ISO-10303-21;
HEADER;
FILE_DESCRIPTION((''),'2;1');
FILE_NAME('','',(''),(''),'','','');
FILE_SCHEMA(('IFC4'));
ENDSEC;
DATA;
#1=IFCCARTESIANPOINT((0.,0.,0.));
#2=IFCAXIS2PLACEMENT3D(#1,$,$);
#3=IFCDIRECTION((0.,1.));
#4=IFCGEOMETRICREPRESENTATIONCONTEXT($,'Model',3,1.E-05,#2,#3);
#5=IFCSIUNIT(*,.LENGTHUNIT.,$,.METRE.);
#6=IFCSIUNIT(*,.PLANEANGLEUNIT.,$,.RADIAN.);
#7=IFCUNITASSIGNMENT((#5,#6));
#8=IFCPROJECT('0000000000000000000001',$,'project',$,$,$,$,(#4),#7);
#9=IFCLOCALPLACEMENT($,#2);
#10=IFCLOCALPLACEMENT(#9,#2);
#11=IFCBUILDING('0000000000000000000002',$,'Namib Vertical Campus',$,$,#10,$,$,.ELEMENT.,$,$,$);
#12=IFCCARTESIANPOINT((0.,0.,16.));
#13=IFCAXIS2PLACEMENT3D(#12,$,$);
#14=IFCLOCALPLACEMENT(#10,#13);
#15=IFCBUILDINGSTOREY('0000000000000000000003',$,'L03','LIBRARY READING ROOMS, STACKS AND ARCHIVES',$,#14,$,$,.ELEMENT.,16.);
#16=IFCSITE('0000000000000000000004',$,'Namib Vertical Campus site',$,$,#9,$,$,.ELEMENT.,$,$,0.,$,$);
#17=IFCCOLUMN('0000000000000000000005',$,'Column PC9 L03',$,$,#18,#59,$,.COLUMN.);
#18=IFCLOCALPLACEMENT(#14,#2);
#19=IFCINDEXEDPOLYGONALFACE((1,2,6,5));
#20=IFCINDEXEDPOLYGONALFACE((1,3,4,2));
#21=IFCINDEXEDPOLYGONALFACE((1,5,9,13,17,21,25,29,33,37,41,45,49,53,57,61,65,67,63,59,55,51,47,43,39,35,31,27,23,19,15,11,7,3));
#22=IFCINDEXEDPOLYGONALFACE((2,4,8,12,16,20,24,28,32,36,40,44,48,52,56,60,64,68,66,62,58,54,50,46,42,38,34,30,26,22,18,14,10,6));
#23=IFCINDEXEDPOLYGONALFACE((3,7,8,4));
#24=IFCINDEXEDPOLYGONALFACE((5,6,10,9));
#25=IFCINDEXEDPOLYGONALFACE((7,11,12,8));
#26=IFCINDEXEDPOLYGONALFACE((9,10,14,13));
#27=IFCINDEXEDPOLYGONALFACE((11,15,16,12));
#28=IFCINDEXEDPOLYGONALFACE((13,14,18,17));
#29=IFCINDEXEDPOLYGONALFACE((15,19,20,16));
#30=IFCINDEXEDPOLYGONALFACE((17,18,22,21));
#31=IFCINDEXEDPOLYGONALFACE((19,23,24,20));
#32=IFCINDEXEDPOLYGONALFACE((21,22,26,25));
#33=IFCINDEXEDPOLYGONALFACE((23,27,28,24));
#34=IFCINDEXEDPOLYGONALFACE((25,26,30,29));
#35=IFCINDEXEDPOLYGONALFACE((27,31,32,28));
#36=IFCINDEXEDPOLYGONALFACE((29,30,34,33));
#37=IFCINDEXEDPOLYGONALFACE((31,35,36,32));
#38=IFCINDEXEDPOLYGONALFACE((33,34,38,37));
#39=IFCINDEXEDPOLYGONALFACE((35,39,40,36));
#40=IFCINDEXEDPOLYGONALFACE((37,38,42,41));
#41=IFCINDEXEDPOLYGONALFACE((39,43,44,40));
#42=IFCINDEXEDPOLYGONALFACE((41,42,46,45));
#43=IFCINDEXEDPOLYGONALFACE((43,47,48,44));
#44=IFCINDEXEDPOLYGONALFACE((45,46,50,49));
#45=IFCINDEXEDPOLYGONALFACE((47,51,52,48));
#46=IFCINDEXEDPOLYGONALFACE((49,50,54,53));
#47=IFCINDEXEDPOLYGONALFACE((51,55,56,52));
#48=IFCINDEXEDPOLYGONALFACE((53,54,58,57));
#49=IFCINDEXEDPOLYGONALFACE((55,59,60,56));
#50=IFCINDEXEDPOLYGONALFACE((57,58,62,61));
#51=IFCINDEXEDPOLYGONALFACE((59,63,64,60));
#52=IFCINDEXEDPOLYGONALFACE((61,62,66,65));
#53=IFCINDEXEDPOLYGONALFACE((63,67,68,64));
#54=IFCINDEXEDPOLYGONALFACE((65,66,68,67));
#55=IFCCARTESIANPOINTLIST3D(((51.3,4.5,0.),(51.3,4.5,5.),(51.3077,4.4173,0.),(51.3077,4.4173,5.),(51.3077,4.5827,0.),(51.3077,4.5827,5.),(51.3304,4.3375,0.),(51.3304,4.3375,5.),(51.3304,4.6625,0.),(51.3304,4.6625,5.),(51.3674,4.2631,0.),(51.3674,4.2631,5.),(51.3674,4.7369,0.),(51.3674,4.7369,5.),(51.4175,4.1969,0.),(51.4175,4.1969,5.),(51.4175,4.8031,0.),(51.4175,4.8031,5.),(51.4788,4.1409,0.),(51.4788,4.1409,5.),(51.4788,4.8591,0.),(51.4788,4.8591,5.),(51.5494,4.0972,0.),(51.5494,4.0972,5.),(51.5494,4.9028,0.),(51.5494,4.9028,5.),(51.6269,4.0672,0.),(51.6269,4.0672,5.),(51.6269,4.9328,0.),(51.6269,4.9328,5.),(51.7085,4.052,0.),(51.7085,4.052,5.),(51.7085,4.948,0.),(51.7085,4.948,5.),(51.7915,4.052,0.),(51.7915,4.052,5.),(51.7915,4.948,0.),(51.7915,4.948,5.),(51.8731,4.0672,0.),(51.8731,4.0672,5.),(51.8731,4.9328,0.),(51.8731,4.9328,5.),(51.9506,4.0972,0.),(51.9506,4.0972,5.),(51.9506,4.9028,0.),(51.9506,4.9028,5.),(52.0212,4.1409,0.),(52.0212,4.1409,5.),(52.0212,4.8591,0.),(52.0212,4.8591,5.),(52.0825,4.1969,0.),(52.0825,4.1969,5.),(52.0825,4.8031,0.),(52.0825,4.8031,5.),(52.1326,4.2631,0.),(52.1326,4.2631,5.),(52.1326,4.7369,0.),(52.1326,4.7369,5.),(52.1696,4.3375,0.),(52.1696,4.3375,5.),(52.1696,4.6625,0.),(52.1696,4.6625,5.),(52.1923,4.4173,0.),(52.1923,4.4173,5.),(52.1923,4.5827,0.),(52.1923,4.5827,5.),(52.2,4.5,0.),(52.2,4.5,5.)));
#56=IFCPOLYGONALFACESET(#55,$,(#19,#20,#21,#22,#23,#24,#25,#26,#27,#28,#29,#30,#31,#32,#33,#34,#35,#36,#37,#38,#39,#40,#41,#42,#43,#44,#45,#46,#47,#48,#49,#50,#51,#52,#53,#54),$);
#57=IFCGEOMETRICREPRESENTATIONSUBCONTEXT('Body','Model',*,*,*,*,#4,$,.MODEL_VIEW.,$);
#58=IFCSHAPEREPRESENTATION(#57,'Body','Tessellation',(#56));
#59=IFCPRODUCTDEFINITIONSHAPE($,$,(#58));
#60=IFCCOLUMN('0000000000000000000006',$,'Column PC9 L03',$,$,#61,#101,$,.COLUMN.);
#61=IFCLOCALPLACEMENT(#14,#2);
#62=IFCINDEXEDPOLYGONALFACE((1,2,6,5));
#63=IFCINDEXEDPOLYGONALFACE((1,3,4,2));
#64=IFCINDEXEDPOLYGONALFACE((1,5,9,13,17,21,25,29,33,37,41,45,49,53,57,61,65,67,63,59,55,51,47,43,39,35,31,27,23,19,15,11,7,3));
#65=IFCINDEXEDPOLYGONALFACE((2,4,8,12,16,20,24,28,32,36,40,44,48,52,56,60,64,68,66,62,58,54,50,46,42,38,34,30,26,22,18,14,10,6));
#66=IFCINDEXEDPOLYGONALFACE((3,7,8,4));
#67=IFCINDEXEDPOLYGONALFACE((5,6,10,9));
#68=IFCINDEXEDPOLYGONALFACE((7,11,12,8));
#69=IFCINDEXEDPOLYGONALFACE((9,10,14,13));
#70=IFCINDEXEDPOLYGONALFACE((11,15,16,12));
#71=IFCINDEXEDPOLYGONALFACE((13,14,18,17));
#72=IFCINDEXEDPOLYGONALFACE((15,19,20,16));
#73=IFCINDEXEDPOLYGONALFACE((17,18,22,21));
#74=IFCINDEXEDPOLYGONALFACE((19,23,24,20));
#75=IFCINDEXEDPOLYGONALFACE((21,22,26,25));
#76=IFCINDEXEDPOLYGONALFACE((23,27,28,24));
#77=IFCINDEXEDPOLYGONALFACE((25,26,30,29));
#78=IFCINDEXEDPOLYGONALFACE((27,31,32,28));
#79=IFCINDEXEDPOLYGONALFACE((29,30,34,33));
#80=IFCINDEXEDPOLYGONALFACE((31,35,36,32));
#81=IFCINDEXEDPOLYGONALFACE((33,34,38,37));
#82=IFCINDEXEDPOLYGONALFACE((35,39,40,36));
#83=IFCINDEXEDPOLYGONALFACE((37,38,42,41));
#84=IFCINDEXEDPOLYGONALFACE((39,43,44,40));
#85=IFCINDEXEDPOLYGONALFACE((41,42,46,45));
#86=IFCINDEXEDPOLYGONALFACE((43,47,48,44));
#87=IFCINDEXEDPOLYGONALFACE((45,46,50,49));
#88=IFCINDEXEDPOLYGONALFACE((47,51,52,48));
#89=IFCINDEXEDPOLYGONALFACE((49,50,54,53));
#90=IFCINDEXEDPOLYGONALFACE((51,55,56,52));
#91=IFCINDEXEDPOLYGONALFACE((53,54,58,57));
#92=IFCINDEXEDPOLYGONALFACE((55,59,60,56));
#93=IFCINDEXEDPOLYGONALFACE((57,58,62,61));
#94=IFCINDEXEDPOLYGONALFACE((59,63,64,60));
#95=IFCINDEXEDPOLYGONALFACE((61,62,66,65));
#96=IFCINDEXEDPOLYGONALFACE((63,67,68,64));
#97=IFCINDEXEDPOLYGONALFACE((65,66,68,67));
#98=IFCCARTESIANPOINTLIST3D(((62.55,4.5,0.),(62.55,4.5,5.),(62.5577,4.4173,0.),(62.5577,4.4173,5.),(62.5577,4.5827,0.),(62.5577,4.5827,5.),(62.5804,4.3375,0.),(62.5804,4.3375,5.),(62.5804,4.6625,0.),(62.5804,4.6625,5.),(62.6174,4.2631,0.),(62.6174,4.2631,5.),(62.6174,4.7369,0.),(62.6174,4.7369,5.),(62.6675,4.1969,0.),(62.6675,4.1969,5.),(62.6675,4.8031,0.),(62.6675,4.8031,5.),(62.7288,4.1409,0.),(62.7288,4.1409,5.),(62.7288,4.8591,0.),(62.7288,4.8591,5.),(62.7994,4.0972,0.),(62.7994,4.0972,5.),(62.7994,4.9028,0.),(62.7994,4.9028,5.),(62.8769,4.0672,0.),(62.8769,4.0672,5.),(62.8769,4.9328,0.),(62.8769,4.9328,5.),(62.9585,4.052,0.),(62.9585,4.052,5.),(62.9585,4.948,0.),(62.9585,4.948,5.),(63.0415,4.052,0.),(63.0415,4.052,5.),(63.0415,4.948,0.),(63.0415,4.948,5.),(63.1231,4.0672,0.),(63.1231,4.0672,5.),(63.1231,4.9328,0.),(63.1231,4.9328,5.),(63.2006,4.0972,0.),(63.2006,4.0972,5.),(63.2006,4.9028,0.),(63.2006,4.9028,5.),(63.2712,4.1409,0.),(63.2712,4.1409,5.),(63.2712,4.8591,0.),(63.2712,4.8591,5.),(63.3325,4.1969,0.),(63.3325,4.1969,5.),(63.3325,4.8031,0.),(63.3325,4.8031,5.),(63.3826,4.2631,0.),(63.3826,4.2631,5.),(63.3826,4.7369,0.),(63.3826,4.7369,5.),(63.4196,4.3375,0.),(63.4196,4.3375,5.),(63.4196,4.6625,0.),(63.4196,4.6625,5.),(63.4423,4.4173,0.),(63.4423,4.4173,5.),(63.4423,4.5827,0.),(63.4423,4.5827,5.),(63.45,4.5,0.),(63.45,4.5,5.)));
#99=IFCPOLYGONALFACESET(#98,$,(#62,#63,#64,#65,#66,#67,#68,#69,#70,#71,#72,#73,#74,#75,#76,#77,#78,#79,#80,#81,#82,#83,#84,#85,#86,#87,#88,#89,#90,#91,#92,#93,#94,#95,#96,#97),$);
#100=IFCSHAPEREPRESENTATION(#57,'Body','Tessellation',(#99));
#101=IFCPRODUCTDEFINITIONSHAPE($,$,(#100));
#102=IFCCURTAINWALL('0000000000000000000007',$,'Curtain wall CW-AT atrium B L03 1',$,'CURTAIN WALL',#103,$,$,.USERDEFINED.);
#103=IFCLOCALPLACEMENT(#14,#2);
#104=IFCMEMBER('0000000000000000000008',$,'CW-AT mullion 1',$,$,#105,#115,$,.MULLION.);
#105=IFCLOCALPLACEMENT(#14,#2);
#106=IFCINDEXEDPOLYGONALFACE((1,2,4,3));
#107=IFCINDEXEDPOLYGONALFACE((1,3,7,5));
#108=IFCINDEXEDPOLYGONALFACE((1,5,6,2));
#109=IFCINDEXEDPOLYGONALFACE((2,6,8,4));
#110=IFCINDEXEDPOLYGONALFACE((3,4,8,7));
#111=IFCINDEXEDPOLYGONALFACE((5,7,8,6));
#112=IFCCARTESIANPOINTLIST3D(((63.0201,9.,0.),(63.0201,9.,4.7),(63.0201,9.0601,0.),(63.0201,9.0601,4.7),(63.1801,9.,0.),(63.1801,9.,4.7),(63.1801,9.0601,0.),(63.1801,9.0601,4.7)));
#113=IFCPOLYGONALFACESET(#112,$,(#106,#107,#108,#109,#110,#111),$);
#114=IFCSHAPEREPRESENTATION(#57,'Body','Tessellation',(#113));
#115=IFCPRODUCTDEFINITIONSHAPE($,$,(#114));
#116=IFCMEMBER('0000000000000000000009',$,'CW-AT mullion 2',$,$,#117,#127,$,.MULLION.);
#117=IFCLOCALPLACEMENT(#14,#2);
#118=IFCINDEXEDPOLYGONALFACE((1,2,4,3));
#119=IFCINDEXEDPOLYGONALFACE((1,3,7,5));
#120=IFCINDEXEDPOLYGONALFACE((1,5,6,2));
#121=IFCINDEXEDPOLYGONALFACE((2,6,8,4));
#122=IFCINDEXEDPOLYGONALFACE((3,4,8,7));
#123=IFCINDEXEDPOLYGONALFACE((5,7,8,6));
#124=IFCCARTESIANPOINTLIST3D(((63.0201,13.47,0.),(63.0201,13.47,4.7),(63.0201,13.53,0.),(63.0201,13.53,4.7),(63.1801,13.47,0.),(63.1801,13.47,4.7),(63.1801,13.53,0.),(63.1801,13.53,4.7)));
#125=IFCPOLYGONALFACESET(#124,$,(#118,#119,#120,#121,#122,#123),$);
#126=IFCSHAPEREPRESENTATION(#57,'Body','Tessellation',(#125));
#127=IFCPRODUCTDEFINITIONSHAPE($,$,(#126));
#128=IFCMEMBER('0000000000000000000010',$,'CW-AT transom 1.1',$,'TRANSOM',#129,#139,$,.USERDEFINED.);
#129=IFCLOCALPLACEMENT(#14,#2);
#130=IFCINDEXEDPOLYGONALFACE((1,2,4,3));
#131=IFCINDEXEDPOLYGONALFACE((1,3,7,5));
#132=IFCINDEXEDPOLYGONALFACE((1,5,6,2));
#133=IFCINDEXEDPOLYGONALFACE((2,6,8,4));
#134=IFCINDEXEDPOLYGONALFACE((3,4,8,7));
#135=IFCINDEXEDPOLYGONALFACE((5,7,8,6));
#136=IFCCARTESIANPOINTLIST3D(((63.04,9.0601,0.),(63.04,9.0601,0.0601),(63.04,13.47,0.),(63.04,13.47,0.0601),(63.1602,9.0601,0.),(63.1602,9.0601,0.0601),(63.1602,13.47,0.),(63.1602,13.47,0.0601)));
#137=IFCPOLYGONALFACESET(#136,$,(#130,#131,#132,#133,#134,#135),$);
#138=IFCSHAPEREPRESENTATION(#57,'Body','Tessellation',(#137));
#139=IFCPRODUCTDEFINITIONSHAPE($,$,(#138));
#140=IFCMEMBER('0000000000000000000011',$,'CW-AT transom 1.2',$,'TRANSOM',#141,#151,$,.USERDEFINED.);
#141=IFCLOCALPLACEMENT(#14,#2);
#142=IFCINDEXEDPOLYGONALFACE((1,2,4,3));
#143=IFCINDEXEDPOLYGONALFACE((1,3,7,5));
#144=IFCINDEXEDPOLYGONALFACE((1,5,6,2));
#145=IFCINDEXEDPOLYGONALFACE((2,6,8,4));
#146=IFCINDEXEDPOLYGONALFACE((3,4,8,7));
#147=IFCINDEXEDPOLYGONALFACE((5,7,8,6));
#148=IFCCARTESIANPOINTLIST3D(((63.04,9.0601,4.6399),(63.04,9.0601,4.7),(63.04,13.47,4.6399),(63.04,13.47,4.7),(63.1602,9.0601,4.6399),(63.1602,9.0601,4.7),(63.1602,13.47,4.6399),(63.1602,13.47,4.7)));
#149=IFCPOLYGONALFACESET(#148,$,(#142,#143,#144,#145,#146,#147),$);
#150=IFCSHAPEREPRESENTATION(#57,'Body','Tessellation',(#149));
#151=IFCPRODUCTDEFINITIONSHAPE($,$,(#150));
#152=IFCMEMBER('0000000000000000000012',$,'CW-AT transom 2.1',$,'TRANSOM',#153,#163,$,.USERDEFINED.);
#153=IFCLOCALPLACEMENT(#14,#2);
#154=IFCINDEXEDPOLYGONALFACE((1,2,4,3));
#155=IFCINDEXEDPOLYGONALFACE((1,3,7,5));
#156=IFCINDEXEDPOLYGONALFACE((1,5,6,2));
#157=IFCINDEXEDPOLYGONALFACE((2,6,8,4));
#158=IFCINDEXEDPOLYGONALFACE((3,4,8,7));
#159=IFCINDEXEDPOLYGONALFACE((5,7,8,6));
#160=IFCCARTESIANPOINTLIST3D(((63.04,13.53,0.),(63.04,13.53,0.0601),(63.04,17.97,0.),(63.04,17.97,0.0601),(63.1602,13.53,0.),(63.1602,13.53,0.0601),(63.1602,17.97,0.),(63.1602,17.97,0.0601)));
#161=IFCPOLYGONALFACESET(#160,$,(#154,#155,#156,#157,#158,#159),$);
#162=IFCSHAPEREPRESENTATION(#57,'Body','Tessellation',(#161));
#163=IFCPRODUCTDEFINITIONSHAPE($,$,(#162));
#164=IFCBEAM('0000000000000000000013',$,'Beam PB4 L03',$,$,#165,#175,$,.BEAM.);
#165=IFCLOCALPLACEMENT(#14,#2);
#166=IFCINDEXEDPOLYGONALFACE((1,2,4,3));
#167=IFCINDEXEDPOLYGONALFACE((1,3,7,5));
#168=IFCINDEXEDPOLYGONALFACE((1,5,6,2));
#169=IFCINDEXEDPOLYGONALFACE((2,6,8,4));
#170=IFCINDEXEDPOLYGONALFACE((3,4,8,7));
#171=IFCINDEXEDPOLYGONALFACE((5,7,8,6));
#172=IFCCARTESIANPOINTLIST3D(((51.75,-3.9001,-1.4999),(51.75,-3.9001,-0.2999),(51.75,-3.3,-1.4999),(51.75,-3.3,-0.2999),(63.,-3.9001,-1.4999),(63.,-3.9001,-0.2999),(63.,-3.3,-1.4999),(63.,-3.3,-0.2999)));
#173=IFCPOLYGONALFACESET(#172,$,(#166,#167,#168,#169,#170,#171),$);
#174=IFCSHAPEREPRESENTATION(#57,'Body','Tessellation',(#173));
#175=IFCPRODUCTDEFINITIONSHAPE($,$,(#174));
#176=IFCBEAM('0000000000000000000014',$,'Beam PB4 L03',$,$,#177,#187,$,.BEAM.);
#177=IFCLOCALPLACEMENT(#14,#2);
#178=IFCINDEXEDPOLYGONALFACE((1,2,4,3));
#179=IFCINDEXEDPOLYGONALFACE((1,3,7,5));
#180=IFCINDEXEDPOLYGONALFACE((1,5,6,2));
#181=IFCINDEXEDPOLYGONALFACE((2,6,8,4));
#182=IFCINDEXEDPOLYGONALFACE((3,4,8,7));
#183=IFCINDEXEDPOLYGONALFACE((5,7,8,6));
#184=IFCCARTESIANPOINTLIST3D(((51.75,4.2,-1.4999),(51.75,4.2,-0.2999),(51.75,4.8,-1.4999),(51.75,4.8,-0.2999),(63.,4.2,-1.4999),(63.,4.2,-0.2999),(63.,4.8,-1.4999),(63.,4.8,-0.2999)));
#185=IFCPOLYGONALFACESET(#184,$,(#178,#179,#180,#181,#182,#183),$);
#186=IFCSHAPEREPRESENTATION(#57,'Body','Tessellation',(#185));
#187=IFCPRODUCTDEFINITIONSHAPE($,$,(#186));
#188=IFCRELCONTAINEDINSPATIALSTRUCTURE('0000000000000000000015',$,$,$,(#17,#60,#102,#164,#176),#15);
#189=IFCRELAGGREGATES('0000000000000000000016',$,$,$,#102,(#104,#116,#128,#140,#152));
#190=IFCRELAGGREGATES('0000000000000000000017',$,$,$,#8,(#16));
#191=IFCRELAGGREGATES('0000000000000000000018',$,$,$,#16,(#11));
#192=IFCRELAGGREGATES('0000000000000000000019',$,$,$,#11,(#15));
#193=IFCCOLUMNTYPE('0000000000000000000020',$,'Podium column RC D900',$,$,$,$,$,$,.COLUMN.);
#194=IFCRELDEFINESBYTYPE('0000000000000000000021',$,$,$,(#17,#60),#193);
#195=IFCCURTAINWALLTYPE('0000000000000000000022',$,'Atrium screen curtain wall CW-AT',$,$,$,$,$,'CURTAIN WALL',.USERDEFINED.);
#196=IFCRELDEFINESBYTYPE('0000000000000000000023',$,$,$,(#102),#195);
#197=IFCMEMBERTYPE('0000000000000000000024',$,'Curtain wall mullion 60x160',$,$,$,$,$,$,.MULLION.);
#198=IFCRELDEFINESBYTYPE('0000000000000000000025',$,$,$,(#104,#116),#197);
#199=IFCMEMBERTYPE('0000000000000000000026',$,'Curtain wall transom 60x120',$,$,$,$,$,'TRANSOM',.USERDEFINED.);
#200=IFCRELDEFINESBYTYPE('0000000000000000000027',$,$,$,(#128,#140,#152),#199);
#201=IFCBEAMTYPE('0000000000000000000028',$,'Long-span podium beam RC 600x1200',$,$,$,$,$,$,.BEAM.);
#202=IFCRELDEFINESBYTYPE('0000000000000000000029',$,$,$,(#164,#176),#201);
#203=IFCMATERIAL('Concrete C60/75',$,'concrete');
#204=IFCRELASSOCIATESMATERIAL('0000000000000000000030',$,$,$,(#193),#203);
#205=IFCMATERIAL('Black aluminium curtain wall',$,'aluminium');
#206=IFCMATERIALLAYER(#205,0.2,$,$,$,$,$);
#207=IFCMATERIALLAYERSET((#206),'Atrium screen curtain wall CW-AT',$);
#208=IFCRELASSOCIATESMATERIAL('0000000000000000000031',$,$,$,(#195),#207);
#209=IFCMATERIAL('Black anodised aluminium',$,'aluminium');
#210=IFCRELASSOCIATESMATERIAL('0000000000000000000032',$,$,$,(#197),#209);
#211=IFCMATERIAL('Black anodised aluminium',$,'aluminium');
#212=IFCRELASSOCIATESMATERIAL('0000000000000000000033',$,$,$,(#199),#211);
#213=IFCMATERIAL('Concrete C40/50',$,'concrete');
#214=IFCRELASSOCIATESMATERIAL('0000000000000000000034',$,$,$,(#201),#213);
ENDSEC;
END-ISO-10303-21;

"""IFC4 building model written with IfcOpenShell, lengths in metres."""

from ifc_helpers import new_model, si_unit, direction, frame, origin, origin_2d, place, context, subcontext, project, spatial, rectangle, circle, extrude, material, layer, layer_set, material_profile, profile_set, type_object, element, aggregate, save


model = new_model("IFC4")

# Units and contexts
model_context = context("Model", 3, precision=1e-05, world=origin(), true_north=direction((0.0, 1.0)))
body_context = subcontext(model_context, "Body", "Model", "MODEL_VIEW")
ifc_project = project(units=[si_unit("LENGTHUNIT", "METRE"), si_unit("PLANEANGLEUNIT", "RADIAN")], contexts=[model_context])

# Site, building, storey
site_placement = place(None, origin())
site = spatial("IfcSite", under=ifc_project, at=site_placement, Name="Namib Vertical Campus site", CompositionType="ELEMENT", RefElevation=0.0)
building_placement = place(site_placement, origin())
building = spatial("IfcBuilding", under=site, at=building_placement, Name="Namib Vertical Campus", CompositionType="ELEMENT")
storey_placement = place(building_placement, frame((0.0, 0.0, 16.0)))
storey = spatial("IfcBuildingStorey", under=building, at=storey_placement, Name="L03", Description="LIBRARY READING ROOMS, STACKS AND ARCHIVES", CompositionType="ELEMENT", Elevation=16.0)

# Columns
ifc_material_1 = material(Name="Concrete C60/75", Category="concrete")
ifc_material_profile_1 = material_profile(ifc_material_1, circle(Radius=0.45, at=origin_2d()))
ifc_profile_set_1 = profile_set([ifc_material_profile_1], Name="Concrete C60/75")
column_type_1 = type_object("IfcColumnType", Name="Podium column RC D900", PredefinedType="COLUMN", material=ifc_profile_set_1)
for number, where, z_axis, x_axis, name in (
    (1, (51.75, 4.5, 0.0), (0.0, 0.0, 1.0), (1.0, 0.0, 0.0), "Column PC9 L03"),
    (2, (63.0, 4.5, 0.0), (0.0, 0.0, 1.0), (1.0, 0.0, 0.0), "Column PC9 L03"),
):
    element("IfcColumn", number, at=place(storey_placement, frame(where, z_axis=z_axis, x_axis=x_axis)), inside=storey, type_object=column_type_1, Name=name, PredefinedType="COLUMN", context=body_context, shape_type="SweptSolid", body=[
        extrude(circle(Radius=0.45, at=origin_2d()), origin(), (0.0, 0.0, 1.0), 5.0),
    ])

# Curtain wall, members
ifc_material_2 = material(Name="Black aluminium curtain wall", Category="aluminium")
ifc_layer_1 = layer(ifc_material_2, 0.2)
ifc_layer_set_1 = layer_set([ifc_layer_1], Name="Atrium screen curtain wall CW-AT")
curtain_wall_type = type_object("IfcCurtainWallType", Name="Atrium screen curtain wall CW-AT", ElementType="CURTAIN WALL", PredefinedType="USERDEFINED", material=ifc_layer_set_1)
curtain_wall_placement = place(storey_placement, origin())
curtain_wall = element("IfcCurtainWall", 3, at=curtain_wall_placement, inside=storey, type_object=curtain_wall_type, Name="Curtain wall CW-AT atrium B L03 1", ObjectType="CURTAIN WALL", PredefinedType="USERDEFINED")
ifc_material_3 = material(Name="Black anodised aluminium", Category="aluminium")
ifc_material_profile_2 = material_profile(ifc_material_3, rectangle(XDim=0.0601, YDim=0.1599, at=origin_2d()))
ifc_profile_set_2 = profile_set([ifc_material_profile_2], Name="Black anodised aluminium")
member_type_1 = type_object("IfcMemberType", Name="Curtain wall mullion 60x160", PredefinedType="MULLION", material=ifc_profile_set_2)
member_1_placement = place(storey_placement, frame((63.1001, 9.03, 0.0), z_axis=(0.0, 0.0, 1.0), x_axis=(0.0, 1.0, 0.0)))
member_1 = element("IfcMember", 4, at=member_1_placement, type_object=member_type_1, Name="CW-AT mullion 1", PredefinedType="MULLION", context=body_context, shape_type="SweptSolid", body=[
    extrude(rectangle(XDim=0.0601, YDim=0.1599, at=origin_2d()), origin(), (0.0, 0.0, 1.0), 4.7),
])
member_2_placement = place(storey_placement, frame((63.1001, 13.5, 0.0), z_axis=(0.0, 0.0, 1.0), x_axis=(0.0, 1.0, 0.0)))
member_2 = element("IfcMember", 5, at=member_2_placement, type_object=member_type_1, Name="CW-AT mullion 2", PredefinedType="MULLION", context=body_context, shape_type="SweptSolid", body=[
    extrude(rectangle(XDim=0.0601, YDim=0.1599, at=origin_2d()), origin(), (0.0, 0.0, 1.0), 4.7),
])
ifc_material_4 = material(Name="Black anodised aluminium", Category="aluminium")
ifc_material_profile_3 = material_profile(ifc_material_4, rectangle(XDim=0.0601, YDim=0.1201, at=origin_2d()))
ifc_profile_set_3 = profile_set([ifc_material_profile_3], Name="Black anodised aluminium")
member_type_2 = type_object("IfcMemberType", Name="Curtain wall transom 60x120", ElementType="TRANSOM", PredefinedType="USERDEFINED", material=ifc_profile_set_3)
member_3_placement = place(storey_placement, frame((63.1001, 9.0601, 0.03), z_axis=(0.0, 1.0, 0.0), x_axis=(0.0, 0.0, 1.0)))
member_3 = element("IfcMember", 6, at=member_3_placement, type_object=member_type_2, Name="CW-AT transom 1.1", ObjectType="TRANSOM", PredefinedType="USERDEFINED", context=body_context, shape_type="SweptSolid", body=[
    extrude(rectangle(XDim=0.0601, YDim=0.1201, at=origin_2d()), origin(), (0.0, 0.0, 1.0), 4.4099),
])
member_4_placement = place(storey_placement, frame((63.1001, 9.0601, 4.6699), z_axis=(0.0, 1.0, 0.0), x_axis=(0.0, 0.0, 1.0)))
member_4 = element("IfcMember", 7, at=member_4_placement, type_object=member_type_2, Name="CW-AT transom 1.2", ObjectType="TRANSOM", PredefinedType="USERDEFINED", context=body_context, shape_type="SweptSolid", body=[
    extrude(rectangle(XDim=0.0601, YDim=0.1201, at=origin_2d()), origin(), (0.0, 0.0, 1.0), 4.4099),
])
member_5_placement = place(storey_placement, frame((63.1001, 13.53, 0.03), z_axis=(0.0, 1.0, 0.0), x_axis=(0.0, 0.0, 1.0)))
member_5 = element("IfcMember", 8, at=member_5_placement, type_object=member_type_2, Name="CW-AT transom 2.1", ObjectType="TRANSOM", PredefinedType="USERDEFINED", context=body_context, shape_type="SweptSolid", body=[
    extrude(rectangle(XDim=0.0601, YDim=0.1201, at=origin_2d()), origin(), (0.0, 0.0, 1.0), 4.4399),
])

# Beams
ifc_material_5 = material(Name="Concrete C40/50", Category="concrete")
ifc_material_profile_4 = material_profile(ifc_material_5, rectangle(XDim=0.6001, YDim=1.2, at=origin_2d()))
ifc_profile_set_4 = profile_set([ifc_material_profile_4], Name="Concrete C40/50")
beam_type_1 = type_object("IfcBeamType", Name="Long-span podium beam RC 600x1200", PredefinedType="BEAM", material=ifc_profile_set_4)
for number, where, z_axis, x_axis, name in (
    (9, (51.75, -3.6001, -0.8999), (1.0, 0.0, 0.0), (0.0, 1.0, 0.0), "Beam PB4 L03"),
    (10, (51.75, 4.5, -0.8999), (1.0, 0.0, 0.0), (0.0, 1.0, 0.0), "Beam PB4 L03"),
):
    element("IfcBeam", number, at=place(storey_placement, frame(where, z_axis=z_axis, x_axis=x_axis)), inside=storey, type_object=beam_type_1, Name=name, PredefinedType="BEAM", context=body_context, shape_type="SweptSolid", body=[
        extrude(rectangle(XDim=0.6001, YDim=1.2, at=origin_2d()), origin(), (0.0, 0.0, 1.0), 11.25),
    ])

aggregate(curtain_wall, [member_1, member_2, member_3, member_4, member_5])

save(model, "model.ifc")
